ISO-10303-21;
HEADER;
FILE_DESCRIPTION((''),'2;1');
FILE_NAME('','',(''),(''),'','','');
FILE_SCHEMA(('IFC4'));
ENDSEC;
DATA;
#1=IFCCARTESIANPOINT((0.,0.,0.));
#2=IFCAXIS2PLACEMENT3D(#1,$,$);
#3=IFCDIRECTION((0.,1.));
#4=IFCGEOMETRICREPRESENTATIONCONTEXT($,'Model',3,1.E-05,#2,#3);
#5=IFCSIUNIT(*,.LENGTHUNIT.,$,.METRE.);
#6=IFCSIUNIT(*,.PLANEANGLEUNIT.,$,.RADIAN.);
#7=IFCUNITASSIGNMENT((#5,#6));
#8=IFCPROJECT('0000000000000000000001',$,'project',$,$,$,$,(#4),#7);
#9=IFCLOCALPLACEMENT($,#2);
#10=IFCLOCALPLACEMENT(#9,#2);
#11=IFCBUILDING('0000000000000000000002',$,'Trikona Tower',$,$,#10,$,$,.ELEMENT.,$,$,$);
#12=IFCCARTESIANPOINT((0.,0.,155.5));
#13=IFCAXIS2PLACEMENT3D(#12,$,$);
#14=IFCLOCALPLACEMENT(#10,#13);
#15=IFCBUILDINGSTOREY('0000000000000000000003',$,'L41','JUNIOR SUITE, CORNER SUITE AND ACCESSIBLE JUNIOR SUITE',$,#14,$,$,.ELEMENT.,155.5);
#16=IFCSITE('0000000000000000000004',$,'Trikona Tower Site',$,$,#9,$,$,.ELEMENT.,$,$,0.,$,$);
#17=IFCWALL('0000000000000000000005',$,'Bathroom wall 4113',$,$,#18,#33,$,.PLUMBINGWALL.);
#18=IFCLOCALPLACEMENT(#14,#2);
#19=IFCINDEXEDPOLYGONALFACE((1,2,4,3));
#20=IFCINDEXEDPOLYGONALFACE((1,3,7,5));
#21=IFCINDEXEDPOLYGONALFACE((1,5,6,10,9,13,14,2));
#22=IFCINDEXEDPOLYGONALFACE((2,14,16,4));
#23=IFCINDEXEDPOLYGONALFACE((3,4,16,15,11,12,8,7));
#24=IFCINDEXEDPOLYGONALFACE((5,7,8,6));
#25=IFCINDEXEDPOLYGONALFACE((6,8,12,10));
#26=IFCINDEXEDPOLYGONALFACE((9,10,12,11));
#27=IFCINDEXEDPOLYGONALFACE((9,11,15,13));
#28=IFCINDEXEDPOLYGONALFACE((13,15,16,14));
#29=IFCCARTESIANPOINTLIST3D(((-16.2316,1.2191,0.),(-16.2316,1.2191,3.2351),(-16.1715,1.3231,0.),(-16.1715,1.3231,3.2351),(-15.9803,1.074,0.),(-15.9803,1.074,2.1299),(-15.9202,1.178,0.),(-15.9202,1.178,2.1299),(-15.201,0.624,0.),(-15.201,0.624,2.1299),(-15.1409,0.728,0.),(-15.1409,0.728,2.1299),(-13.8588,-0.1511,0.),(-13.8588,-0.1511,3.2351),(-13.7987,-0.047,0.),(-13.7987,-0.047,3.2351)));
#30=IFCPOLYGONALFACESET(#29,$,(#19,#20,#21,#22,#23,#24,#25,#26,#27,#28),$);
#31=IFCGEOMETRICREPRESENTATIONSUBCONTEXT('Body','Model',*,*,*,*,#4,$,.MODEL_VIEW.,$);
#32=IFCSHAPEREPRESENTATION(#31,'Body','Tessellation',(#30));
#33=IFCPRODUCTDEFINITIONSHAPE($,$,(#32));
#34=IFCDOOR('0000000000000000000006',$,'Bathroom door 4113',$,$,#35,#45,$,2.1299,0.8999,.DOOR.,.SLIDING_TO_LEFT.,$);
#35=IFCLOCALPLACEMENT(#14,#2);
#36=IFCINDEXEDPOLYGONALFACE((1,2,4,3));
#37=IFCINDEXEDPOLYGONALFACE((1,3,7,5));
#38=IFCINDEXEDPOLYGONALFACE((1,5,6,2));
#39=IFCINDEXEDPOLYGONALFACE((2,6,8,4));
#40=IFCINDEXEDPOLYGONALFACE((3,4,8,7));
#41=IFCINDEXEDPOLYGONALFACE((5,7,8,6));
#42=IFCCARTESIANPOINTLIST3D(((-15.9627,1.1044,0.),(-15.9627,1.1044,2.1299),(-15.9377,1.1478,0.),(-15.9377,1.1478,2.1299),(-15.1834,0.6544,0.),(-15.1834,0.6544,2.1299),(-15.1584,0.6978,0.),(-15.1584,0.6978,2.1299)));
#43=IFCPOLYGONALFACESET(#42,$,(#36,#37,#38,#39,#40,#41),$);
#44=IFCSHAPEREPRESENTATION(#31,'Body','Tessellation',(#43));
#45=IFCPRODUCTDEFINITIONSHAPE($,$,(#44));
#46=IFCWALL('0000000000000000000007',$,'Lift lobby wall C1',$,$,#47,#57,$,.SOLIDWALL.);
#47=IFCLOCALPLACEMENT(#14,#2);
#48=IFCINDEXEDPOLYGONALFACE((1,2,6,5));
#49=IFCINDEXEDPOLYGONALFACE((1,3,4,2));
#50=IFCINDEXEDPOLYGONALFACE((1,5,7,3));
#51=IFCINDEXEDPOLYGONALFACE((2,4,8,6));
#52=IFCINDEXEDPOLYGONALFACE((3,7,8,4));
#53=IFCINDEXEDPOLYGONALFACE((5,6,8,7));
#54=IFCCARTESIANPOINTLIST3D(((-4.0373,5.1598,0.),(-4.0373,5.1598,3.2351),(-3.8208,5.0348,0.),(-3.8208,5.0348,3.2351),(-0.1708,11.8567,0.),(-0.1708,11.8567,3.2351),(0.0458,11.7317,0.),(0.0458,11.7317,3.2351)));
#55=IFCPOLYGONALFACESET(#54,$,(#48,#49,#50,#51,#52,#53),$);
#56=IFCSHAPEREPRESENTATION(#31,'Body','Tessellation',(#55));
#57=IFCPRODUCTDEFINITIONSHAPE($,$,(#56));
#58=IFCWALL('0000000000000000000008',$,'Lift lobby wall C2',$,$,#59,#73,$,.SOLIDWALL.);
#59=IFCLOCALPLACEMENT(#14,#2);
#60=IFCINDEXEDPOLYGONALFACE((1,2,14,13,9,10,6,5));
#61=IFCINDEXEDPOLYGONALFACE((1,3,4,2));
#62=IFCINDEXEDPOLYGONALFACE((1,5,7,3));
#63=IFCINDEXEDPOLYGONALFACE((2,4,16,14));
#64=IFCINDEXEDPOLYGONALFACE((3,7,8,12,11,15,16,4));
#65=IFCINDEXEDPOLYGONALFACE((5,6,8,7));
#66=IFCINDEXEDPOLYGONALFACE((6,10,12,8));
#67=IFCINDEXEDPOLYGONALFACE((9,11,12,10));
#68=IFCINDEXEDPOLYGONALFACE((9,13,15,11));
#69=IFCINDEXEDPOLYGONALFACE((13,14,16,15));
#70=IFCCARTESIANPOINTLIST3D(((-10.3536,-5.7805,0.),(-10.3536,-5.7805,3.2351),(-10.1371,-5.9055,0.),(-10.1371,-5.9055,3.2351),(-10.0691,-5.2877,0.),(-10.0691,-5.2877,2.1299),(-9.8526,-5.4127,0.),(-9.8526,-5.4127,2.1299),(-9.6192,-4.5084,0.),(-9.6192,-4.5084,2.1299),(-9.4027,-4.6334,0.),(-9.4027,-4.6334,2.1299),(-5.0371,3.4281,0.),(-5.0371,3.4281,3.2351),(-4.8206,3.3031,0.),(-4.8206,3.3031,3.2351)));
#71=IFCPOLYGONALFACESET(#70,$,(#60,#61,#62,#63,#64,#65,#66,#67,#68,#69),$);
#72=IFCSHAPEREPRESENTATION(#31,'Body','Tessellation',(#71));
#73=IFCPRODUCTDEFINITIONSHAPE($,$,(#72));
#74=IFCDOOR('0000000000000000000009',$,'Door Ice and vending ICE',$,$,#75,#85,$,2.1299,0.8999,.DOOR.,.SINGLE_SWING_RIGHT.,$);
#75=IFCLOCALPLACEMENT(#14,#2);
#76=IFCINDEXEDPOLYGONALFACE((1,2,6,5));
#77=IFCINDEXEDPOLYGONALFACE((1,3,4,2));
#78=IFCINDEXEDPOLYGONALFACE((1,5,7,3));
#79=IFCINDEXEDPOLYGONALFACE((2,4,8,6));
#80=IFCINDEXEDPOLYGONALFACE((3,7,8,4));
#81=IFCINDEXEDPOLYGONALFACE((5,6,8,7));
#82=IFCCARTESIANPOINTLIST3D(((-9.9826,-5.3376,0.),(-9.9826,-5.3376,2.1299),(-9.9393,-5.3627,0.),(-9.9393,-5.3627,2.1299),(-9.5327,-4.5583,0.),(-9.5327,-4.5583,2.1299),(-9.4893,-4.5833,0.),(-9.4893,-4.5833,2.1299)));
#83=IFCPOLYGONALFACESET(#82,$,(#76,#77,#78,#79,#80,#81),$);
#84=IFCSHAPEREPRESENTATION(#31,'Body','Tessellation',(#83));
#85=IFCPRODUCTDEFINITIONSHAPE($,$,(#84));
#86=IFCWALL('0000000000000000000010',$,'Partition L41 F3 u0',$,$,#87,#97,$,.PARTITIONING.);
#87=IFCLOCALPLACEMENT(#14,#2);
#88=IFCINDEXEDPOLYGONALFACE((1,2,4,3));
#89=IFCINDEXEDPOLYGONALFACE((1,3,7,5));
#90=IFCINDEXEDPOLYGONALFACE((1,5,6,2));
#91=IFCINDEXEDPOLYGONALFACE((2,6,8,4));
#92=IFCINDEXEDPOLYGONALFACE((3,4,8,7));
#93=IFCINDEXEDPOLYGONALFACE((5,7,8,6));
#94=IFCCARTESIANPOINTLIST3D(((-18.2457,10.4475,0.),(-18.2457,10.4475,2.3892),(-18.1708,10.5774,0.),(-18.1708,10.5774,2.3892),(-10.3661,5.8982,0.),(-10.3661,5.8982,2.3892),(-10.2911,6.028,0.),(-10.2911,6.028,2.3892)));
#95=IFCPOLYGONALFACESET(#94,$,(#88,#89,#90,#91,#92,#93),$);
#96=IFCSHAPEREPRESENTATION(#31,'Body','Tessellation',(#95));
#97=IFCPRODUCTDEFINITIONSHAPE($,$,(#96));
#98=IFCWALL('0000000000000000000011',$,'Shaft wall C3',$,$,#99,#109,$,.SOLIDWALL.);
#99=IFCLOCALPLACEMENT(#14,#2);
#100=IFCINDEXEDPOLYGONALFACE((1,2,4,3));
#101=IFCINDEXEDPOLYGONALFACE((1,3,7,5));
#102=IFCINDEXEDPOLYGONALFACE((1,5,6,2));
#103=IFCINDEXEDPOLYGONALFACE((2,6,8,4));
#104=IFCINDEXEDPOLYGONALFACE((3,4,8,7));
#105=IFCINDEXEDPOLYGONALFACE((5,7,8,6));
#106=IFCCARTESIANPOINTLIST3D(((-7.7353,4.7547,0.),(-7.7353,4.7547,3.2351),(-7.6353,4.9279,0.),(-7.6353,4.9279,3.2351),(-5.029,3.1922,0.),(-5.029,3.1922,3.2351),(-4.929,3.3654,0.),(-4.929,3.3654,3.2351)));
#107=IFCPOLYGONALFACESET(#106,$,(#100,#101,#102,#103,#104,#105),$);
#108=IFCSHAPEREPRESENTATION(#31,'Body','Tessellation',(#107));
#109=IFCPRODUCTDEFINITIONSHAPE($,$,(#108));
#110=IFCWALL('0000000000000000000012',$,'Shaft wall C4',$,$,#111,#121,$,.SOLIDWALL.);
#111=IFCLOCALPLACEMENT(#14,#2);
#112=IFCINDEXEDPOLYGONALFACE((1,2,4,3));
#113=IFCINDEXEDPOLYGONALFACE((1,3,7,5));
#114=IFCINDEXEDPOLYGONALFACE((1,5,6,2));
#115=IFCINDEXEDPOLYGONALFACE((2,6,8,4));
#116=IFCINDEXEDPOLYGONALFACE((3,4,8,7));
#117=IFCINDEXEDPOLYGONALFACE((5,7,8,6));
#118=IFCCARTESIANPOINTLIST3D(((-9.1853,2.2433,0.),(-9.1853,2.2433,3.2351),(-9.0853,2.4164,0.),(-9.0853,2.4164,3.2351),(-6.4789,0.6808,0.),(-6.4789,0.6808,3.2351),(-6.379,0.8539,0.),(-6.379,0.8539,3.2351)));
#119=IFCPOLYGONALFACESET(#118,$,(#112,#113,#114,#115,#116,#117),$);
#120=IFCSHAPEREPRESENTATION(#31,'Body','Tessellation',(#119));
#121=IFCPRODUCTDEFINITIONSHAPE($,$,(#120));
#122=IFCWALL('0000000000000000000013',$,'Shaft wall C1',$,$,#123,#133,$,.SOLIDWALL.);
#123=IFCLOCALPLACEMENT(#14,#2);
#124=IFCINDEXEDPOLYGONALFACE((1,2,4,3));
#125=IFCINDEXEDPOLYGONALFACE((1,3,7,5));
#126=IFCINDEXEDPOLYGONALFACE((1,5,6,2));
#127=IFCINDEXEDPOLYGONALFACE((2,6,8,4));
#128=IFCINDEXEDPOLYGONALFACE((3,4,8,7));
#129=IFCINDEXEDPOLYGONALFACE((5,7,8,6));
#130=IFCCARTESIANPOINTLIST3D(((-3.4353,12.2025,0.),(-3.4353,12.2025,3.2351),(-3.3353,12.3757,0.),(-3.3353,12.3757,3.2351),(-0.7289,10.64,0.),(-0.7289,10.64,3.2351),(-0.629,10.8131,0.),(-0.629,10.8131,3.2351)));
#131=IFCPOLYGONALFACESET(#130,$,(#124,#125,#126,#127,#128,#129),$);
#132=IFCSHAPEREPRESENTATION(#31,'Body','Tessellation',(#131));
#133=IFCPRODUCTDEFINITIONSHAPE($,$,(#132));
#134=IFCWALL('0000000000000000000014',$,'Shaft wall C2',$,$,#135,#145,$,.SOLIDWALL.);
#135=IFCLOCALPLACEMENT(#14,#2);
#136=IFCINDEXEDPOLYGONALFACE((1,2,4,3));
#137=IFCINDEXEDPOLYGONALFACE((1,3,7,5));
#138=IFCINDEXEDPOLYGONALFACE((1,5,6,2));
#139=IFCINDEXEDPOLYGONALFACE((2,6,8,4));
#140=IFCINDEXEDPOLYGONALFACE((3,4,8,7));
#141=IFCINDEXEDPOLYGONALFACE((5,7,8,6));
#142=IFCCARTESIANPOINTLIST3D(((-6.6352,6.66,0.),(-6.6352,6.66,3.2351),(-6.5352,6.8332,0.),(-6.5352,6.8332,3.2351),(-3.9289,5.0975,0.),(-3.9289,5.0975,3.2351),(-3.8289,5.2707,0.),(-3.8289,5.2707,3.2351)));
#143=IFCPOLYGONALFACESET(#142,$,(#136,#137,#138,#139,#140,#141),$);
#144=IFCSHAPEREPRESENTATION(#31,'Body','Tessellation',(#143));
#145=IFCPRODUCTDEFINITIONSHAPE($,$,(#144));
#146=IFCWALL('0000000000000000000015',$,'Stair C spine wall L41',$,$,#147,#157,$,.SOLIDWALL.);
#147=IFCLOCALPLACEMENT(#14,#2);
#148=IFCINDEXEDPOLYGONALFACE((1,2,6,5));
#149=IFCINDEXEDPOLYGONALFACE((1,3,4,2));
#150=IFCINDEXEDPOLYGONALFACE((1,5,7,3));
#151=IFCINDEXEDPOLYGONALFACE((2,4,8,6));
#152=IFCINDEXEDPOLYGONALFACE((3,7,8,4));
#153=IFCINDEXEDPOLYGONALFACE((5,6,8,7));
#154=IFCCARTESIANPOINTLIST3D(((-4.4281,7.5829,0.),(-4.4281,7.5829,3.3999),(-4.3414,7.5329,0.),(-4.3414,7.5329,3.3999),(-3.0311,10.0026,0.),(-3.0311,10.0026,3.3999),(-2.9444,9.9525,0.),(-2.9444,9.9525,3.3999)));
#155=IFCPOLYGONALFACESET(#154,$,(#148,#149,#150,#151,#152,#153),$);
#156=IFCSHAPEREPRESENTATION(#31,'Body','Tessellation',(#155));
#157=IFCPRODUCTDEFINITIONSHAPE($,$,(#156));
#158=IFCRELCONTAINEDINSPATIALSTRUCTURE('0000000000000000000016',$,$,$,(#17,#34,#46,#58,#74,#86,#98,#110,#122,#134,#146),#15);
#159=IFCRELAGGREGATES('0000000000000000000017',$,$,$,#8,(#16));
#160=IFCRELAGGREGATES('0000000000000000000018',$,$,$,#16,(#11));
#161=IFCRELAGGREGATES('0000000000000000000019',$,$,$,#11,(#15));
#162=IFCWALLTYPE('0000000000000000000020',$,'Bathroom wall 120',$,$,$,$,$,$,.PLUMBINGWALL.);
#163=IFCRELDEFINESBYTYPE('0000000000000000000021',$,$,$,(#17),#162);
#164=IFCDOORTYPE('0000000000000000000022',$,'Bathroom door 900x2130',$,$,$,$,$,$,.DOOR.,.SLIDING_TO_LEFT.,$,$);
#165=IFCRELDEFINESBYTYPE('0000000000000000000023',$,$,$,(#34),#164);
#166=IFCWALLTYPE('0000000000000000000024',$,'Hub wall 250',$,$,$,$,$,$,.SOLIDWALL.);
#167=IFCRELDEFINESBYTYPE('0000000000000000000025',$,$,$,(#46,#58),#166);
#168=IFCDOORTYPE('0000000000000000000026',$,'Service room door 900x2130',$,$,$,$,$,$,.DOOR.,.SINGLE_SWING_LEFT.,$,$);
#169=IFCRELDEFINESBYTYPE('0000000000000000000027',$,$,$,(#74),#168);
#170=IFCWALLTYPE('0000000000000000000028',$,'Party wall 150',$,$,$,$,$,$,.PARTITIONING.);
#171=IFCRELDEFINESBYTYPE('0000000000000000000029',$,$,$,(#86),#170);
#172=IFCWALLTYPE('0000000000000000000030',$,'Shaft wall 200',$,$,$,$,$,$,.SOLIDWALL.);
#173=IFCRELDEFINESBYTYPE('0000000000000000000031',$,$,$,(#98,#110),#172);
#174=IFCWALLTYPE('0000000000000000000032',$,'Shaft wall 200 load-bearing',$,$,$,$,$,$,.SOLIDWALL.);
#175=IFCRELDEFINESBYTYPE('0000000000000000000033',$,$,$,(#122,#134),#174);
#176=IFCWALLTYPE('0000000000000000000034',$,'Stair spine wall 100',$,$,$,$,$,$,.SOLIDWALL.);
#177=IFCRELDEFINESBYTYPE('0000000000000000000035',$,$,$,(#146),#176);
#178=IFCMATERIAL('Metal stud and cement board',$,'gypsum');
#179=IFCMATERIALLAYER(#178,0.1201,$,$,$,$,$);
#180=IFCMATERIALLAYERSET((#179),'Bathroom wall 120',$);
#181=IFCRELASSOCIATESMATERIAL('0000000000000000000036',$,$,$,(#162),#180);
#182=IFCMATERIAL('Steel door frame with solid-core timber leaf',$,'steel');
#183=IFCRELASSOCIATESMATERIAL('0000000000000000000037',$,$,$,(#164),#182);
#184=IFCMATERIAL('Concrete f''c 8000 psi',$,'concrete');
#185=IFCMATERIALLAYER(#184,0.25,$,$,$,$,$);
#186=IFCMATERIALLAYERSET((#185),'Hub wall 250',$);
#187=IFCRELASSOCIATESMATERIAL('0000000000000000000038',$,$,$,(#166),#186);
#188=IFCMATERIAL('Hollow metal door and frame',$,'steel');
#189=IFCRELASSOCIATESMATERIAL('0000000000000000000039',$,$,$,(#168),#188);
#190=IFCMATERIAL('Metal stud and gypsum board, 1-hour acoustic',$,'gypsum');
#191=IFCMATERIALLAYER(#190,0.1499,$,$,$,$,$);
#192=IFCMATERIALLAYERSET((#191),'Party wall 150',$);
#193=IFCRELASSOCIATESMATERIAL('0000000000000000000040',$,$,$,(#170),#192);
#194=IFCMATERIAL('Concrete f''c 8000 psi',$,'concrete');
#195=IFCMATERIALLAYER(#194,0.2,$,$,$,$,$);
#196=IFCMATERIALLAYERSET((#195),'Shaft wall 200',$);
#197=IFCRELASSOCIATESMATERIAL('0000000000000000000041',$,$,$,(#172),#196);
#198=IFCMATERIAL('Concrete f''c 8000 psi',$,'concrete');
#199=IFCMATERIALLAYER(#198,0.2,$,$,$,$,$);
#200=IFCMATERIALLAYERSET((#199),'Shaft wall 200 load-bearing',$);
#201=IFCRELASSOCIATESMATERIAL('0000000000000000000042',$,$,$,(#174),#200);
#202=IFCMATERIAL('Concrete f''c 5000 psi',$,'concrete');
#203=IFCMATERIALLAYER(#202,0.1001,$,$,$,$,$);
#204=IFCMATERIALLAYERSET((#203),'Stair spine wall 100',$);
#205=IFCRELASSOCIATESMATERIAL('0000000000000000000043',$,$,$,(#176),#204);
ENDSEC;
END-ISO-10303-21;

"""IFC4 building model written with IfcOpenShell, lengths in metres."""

from ifc_helpers import new_model, si_unit, direction, frame, frame_2d, origin, place, context, subcontext, project, spatial, rectangle, extrude, material, layer, layer_set, type_object, element, fill, save


model = new_model("IFC4")

# Units and contexts
model_context = context("Model", 3, precision=1e-05, world=origin(), true_north=direction((0.0, 1.0)))
body_context = subcontext(model_context, "Body", "Model", "MODEL_VIEW")
ifc_project = project(units=[si_unit("LENGTHUNIT", "METRE"), si_unit("PLANEANGLEUNIT", "RADIAN")], contexts=[model_context])

# Site, building, storey
site_placement = place(None, origin())
site = spatial("IfcSite", under=ifc_project, at=site_placement, Name="Trikona Tower Site", CompositionType="ELEMENT", RefElevation=0.0)
building_placement = place(site_placement, origin())
building = spatial("IfcBuilding", under=site, at=building_placement, Name="Trikona Tower", CompositionType="ELEMENT")
storey_placement = place(building_placement, frame((0.0, 0.0, 155.5)))
storey = spatial("IfcBuildingStorey", under=building, at=storey_placement, Name="L41", Description="JUNIOR SUITE, CORNER SUITE AND ACCESSIBLE JUNIOR SUITE", CompositionType="ELEMENT", Elevation=155.5)

# Shared definitions
ifc_material_1 = material(Name="Metal stud and cement board", Category="gypsum")
ifc_layer_1 = layer(ifc_material_1, 0.1201)
ifc_layer_set_1 = layer_set([ifc_layer_1], Name="Bathroom wall 120")
wall_type_1 = type_object("IfcWallType", Name="Bathroom wall 120", PredefinedType="PLUMBINGWALL", material=ifc_layer_set_1)
ifc_material_2 = material(Name="Steel door frame with solid-core timber leaf", Category="steel")
door_type_1 = type_object("IfcDoorType", Name="Bathroom door 900x2130", OperationType="SLIDING_TO_LEFT", PredefinedType="DOOR", material=ifc_material_2)

# Wall, opening, door
wall_1_placement = place(storey_placement, frame((-13.8286, -0.0991, 0.0), z_axis=(0.0, 0.0, 1.0), x_axis=(-0.865997, 0.500049, 0.0)))
wall_1 = element("IfcWall", 1, at=wall_1_placement, inside=storey, type_object=wall_type_1, Name="Bathroom wall 4113", PredefinedType="PLUMBINGWALL", context=body_context, shape_type="SweptSolid", body=[
    extrude(rectangle(XDim=2.74, YDim=0.1201, at=frame_2d((1.3701, 0.0))), origin(), (0.0, 0.0, 1.0), 3.2351),
])
opening_1_placement = place(wall_1_placement, frame((1.55, 0.0, 0.0)))
opening_1 = element("IfcOpeningElement", 2, at=opening_1_placement, cuts=wall_1, PredefinedType="OPENING", context=body_context, shape_type="SweptSolid", body=[
    extrude(rectangle(XDim=0.8999, YDim=2.1299, at=frame_2d((0.45, 1.0649))), frame((0.0, 0.0701, 0.0), z_axis=(0.0, -1.0, 0.0), x_axis=(1.0, 0.0, 0.0)), (0.0, 0.0, 1.0), 0.1401),
])
door_1_placement = place(opening_1_placement, origin())
door_1 = element("IfcDoor", 3, at=door_1_placement, inside=storey, type_object=door_type_1, Name="Bathroom door 4113", OperationType="SLIDING_TO_LEFT", OverallHeight=2.1299, OverallWidth=0.8999, PredefinedType="DOOR", context=body_context, shape_type="SweptSolid", body=[
    extrude(rectangle(XDim=0.8999, YDim=2.1299, at=frame_2d((0.45, 1.0649))), frame((0.0, 0.0249, 0.0), z_axis=(0.0, -1.0, 0.0), x_axis=(1.0, 0.0, 0.0)), (0.0, 0.0, 1.0), 0.05),
])
fill(opening_1, door_1)

# Wall
ifc_material_3 = material(Name="Concrete f'c 8000 psi", Category="concrete")
ifc_layer_2 = layer(ifc_material_3, 0.25)
ifc_layer_set_2 = layer_set([ifc_layer_2], Name="Hub wall 250")
wall_type_2 = type_object("IfcWallType", Name="Hub wall 250", PredefinedType="SOLIDWALL", material=ifc_layer_set_2)
wall_2_placement = place(storey_placement, frame((-0.0625, 11.7942, 0.0), z_axis=(0.0, 0.0, 1.0), x_axis=(-0.500007, -0.866022, 0.0)))
element("IfcWall", 4, at=wall_2_placement, inside=storey, type_object=wall_type_2, Name="Lift lobby wall C1", PredefinedType="SOLIDWALL", context=body_context, shape_type="SweptSolid", body=[
    extrude(rectangle(XDim=7.7329, YDim=0.25, at=frame_2d((3.8665, 0.0))), origin(), (0.0, 0.0, 1.0), 3.2351),
])

# Wall, opening, door
wall_3_placement = place(storey_placement, frame((-4.929, 3.3655, 0.0), z_axis=(0.0, 0.0, 1.0), x_axis=(-0.499991, -0.86603, 0.0)))
wall_3 = element("IfcWall", 5, at=wall_3_placement, inside=storey, type_object=wall_type_2, Name="Lift lobby wall C2", PredefinedType="SOLIDWALL", context=body_context, shape_type="SweptSolid", body=[
    extrude(rectangle(XDim=10.6331, YDim=0.25, at=frame_2d((5.3164, 0.0))), origin(), (0.0, 0.0, 1.0), 3.2351),
])
opening_2_placement = place(wall_3_placement, frame((9.1641, 0.0, 0.0)))
opening_2 = element("IfcOpeningElement", 6, at=opening_2_placement, cuts=wall_3, PredefinedType="OPENING", context=body_context, shape_type="SweptSolid", body=[
    extrude(rectangle(XDim=0.8999, YDim=2.1299, at=frame_2d((0.45, 1.0649))), frame((0.0, 0.135, 0.0), z_axis=(0.0, -1.0, 0.0), x_axis=(1.0, 0.0, 0.0)), (0.0, 0.0, 1.0), 0.27),
])
ifc_material_4 = material(Name="Hollow metal door and frame", Category="steel")
door_type_2 = type_object("IfcDoorType", Name="Service room door 900x2130", OperationType="SINGLE_SWING_LEFT", PredefinedType="DOOR", material=ifc_material_4)
door_2_placement = place(opening_2_placement, origin())
door_2 = element("IfcDoor", 7, at=door_2_placement, inside=storey, type_object=door_type_2, Name="Door Ice and vending ICE", OperationType="SINGLE_SWING_RIGHT", OverallHeight=2.1299, OverallWidth=0.8999, PredefinedType="DOOR", context=body_context, shape_type="SweptSolid", body=[
    extrude(rectangle(XDim=0.8999, YDim=2.1299, at=frame_2d((0.45, 1.0649))), frame((0.0, 0.0249, 0.0), z_axis=(0.0, -1.0, 0.0), x_axis=(1.0, 0.0, 0.0)), (0.0, 0.0, 1.0), 0.05),
])
fill(opening_2, door_2)

# Walls
ifc_material_5 = material(Name="Metal stud and gypsum board, 1-hour acoustic", Category="gypsum")
ifc_layer_3 = layer(ifc_material_5, 0.1499)
ifc_layer_set_3 = layer_set([ifc_layer_3], Name="Party wall 150")
wall_type_3 = type_object("IfcWallType", Name="Party wall 150", PredefinedType="PARTITIONING", material=ifc_layer_set_3)
wall_4_placement = place(storey_placement, frame((-10.3286, 5.9631, 0.0), z_axis=(0.0, 0.0, 1.0), x_axis=(-0.866025, 0.5, 0.0)))
element("IfcWall", 8, at=wall_4_placement, inside=storey, type_object=wall_type_3, Name="Partition L41 F3 u0", PredefinedType="PARTITIONING", context=body_context, shape_type="SweptSolid", body=[
    extrude(rectangle(XDim=9.0986, YDim=0.1499, at=frame_2d((4.5493, 0.0))), origin(), (0.0, 0.0, 1.0), 2.3892),
])
ifc_material_6 = material(Name="Concrete f'c 8000 psi", Category="concrete")
ifc_layer_4 = layer(ifc_material_6, 0.2)
ifc_layer_set_4 = layer_set([ifc_layer_4], Name="Shaft wall 200")
wall_type_4 = type_object("IfcWallType", Name="Shaft wall 200", PredefinedType="SOLIDWALL", material=ifc_layer_set_4)
for number, where, z_axis, x_axis, name in (
    (9, (-4.979, 3.2788, 0.0), (0.0, 0.0, 1.0), (-0.866023, 0.500004, 0.0), "Shaft wall C3"),
    (10, (-6.429, 0.7673, 0.0), (0.0, 0.0, 1.0), (-0.866023, 0.500004, 0.0), "Shaft wall C4"),
):
    element("IfcWall", number, at=place(storey_placement, frame(where, z_axis=z_axis, x_axis=x_axis)), inside=storey, type_object=wall_type_4, Name=name, PredefinedType="SOLIDWALL", context=body_context, shape_type="SweptSolid", body=[
        extrude(rectangle(XDim=3.125, YDim=0.2, at=frame_2d((1.5625, 0.0))), origin(), (0.0, 0.0, 1.0), 3.2351),
    ])
ifc_material_7 = material(Name="Concrete f'c 8000 psi", Category="concrete")
ifc_layer_5 = layer(ifc_material_7, 0.2)
ifc_layer_set_5 = layer_set([ifc_layer_5], Name="Shaft wall 200 load-bearing")
wall_type_5 = type_object("IfcWallType", Name="Shaft wall 200 load-bearing", PredefinedType="SOLIDWALL", material=ifc_layer_set_5)
for number, where, z_axis, x_axis, name in (
    (11, (-0.679, 10.7266, 0.0), (0.0, 0.0, 1.0), (-0.866023, 0.500004, 0.0), "Shaft wall C1"),
    (12, (-3.8789, 5.1841, 0.0), (0.0, 0.0, 1.0), (-0.866023, 0.500004, 0.0), "Shaft wall C2"),
):
    element("IfcWall", number, at=place(storey_placement, frame(where, z_axis=z_axis, x_axis=x_axis)), inside=storey, type_object=wall_type_5, Name=name, PredefinedType="SOLIDWALL", context=body_context, shape_type="SweptSolid", body=[
        extrude(rectangle(XDim=3.125, YDim=0.2, at=frame_2d((1.5625, 0.0))), origin(), (0.0, 0.0, 1.0), 3.2351),
    ])
ifc_material_8 = material(Name="Concrete f'c 5000 psi", Category="concrete")
ifc_layer_6 = layer(ifc_material_8, 0.1001)
ifc_layer_set_6 = layer_set([ifc_layer_6], Name="Stair spine wall 100")
wall_type_6 = type_object("IfcWallType", Name="Stair spine wall 100", PredefinedType="SOLIDWALL", material=ifc_layer_set_6)
wall_5_placement = place(storey_placement, frame((-2.9878, 9.9775, 0.0), z_axis=(0.0, 0.0, 1.0), x_axis=(-0.499992, -0.86603, 0.0)))
element("IfcWall", 13, at=wall_5_placement, inside=storey, type_object=wall_type_6, Name="Stair C spine wall L41", PredefinedType="SOLIDWALL", context=body_context, shape_type="SweptSolid", body=[
    extrude(rectangle(XDim=2.7939, YDim=0.1001, at=frame_2d((1.397, 0.0))), origin(), (0.0, 0.0, 1.0), 3.3999),
])

save(model, "model.ifc")
